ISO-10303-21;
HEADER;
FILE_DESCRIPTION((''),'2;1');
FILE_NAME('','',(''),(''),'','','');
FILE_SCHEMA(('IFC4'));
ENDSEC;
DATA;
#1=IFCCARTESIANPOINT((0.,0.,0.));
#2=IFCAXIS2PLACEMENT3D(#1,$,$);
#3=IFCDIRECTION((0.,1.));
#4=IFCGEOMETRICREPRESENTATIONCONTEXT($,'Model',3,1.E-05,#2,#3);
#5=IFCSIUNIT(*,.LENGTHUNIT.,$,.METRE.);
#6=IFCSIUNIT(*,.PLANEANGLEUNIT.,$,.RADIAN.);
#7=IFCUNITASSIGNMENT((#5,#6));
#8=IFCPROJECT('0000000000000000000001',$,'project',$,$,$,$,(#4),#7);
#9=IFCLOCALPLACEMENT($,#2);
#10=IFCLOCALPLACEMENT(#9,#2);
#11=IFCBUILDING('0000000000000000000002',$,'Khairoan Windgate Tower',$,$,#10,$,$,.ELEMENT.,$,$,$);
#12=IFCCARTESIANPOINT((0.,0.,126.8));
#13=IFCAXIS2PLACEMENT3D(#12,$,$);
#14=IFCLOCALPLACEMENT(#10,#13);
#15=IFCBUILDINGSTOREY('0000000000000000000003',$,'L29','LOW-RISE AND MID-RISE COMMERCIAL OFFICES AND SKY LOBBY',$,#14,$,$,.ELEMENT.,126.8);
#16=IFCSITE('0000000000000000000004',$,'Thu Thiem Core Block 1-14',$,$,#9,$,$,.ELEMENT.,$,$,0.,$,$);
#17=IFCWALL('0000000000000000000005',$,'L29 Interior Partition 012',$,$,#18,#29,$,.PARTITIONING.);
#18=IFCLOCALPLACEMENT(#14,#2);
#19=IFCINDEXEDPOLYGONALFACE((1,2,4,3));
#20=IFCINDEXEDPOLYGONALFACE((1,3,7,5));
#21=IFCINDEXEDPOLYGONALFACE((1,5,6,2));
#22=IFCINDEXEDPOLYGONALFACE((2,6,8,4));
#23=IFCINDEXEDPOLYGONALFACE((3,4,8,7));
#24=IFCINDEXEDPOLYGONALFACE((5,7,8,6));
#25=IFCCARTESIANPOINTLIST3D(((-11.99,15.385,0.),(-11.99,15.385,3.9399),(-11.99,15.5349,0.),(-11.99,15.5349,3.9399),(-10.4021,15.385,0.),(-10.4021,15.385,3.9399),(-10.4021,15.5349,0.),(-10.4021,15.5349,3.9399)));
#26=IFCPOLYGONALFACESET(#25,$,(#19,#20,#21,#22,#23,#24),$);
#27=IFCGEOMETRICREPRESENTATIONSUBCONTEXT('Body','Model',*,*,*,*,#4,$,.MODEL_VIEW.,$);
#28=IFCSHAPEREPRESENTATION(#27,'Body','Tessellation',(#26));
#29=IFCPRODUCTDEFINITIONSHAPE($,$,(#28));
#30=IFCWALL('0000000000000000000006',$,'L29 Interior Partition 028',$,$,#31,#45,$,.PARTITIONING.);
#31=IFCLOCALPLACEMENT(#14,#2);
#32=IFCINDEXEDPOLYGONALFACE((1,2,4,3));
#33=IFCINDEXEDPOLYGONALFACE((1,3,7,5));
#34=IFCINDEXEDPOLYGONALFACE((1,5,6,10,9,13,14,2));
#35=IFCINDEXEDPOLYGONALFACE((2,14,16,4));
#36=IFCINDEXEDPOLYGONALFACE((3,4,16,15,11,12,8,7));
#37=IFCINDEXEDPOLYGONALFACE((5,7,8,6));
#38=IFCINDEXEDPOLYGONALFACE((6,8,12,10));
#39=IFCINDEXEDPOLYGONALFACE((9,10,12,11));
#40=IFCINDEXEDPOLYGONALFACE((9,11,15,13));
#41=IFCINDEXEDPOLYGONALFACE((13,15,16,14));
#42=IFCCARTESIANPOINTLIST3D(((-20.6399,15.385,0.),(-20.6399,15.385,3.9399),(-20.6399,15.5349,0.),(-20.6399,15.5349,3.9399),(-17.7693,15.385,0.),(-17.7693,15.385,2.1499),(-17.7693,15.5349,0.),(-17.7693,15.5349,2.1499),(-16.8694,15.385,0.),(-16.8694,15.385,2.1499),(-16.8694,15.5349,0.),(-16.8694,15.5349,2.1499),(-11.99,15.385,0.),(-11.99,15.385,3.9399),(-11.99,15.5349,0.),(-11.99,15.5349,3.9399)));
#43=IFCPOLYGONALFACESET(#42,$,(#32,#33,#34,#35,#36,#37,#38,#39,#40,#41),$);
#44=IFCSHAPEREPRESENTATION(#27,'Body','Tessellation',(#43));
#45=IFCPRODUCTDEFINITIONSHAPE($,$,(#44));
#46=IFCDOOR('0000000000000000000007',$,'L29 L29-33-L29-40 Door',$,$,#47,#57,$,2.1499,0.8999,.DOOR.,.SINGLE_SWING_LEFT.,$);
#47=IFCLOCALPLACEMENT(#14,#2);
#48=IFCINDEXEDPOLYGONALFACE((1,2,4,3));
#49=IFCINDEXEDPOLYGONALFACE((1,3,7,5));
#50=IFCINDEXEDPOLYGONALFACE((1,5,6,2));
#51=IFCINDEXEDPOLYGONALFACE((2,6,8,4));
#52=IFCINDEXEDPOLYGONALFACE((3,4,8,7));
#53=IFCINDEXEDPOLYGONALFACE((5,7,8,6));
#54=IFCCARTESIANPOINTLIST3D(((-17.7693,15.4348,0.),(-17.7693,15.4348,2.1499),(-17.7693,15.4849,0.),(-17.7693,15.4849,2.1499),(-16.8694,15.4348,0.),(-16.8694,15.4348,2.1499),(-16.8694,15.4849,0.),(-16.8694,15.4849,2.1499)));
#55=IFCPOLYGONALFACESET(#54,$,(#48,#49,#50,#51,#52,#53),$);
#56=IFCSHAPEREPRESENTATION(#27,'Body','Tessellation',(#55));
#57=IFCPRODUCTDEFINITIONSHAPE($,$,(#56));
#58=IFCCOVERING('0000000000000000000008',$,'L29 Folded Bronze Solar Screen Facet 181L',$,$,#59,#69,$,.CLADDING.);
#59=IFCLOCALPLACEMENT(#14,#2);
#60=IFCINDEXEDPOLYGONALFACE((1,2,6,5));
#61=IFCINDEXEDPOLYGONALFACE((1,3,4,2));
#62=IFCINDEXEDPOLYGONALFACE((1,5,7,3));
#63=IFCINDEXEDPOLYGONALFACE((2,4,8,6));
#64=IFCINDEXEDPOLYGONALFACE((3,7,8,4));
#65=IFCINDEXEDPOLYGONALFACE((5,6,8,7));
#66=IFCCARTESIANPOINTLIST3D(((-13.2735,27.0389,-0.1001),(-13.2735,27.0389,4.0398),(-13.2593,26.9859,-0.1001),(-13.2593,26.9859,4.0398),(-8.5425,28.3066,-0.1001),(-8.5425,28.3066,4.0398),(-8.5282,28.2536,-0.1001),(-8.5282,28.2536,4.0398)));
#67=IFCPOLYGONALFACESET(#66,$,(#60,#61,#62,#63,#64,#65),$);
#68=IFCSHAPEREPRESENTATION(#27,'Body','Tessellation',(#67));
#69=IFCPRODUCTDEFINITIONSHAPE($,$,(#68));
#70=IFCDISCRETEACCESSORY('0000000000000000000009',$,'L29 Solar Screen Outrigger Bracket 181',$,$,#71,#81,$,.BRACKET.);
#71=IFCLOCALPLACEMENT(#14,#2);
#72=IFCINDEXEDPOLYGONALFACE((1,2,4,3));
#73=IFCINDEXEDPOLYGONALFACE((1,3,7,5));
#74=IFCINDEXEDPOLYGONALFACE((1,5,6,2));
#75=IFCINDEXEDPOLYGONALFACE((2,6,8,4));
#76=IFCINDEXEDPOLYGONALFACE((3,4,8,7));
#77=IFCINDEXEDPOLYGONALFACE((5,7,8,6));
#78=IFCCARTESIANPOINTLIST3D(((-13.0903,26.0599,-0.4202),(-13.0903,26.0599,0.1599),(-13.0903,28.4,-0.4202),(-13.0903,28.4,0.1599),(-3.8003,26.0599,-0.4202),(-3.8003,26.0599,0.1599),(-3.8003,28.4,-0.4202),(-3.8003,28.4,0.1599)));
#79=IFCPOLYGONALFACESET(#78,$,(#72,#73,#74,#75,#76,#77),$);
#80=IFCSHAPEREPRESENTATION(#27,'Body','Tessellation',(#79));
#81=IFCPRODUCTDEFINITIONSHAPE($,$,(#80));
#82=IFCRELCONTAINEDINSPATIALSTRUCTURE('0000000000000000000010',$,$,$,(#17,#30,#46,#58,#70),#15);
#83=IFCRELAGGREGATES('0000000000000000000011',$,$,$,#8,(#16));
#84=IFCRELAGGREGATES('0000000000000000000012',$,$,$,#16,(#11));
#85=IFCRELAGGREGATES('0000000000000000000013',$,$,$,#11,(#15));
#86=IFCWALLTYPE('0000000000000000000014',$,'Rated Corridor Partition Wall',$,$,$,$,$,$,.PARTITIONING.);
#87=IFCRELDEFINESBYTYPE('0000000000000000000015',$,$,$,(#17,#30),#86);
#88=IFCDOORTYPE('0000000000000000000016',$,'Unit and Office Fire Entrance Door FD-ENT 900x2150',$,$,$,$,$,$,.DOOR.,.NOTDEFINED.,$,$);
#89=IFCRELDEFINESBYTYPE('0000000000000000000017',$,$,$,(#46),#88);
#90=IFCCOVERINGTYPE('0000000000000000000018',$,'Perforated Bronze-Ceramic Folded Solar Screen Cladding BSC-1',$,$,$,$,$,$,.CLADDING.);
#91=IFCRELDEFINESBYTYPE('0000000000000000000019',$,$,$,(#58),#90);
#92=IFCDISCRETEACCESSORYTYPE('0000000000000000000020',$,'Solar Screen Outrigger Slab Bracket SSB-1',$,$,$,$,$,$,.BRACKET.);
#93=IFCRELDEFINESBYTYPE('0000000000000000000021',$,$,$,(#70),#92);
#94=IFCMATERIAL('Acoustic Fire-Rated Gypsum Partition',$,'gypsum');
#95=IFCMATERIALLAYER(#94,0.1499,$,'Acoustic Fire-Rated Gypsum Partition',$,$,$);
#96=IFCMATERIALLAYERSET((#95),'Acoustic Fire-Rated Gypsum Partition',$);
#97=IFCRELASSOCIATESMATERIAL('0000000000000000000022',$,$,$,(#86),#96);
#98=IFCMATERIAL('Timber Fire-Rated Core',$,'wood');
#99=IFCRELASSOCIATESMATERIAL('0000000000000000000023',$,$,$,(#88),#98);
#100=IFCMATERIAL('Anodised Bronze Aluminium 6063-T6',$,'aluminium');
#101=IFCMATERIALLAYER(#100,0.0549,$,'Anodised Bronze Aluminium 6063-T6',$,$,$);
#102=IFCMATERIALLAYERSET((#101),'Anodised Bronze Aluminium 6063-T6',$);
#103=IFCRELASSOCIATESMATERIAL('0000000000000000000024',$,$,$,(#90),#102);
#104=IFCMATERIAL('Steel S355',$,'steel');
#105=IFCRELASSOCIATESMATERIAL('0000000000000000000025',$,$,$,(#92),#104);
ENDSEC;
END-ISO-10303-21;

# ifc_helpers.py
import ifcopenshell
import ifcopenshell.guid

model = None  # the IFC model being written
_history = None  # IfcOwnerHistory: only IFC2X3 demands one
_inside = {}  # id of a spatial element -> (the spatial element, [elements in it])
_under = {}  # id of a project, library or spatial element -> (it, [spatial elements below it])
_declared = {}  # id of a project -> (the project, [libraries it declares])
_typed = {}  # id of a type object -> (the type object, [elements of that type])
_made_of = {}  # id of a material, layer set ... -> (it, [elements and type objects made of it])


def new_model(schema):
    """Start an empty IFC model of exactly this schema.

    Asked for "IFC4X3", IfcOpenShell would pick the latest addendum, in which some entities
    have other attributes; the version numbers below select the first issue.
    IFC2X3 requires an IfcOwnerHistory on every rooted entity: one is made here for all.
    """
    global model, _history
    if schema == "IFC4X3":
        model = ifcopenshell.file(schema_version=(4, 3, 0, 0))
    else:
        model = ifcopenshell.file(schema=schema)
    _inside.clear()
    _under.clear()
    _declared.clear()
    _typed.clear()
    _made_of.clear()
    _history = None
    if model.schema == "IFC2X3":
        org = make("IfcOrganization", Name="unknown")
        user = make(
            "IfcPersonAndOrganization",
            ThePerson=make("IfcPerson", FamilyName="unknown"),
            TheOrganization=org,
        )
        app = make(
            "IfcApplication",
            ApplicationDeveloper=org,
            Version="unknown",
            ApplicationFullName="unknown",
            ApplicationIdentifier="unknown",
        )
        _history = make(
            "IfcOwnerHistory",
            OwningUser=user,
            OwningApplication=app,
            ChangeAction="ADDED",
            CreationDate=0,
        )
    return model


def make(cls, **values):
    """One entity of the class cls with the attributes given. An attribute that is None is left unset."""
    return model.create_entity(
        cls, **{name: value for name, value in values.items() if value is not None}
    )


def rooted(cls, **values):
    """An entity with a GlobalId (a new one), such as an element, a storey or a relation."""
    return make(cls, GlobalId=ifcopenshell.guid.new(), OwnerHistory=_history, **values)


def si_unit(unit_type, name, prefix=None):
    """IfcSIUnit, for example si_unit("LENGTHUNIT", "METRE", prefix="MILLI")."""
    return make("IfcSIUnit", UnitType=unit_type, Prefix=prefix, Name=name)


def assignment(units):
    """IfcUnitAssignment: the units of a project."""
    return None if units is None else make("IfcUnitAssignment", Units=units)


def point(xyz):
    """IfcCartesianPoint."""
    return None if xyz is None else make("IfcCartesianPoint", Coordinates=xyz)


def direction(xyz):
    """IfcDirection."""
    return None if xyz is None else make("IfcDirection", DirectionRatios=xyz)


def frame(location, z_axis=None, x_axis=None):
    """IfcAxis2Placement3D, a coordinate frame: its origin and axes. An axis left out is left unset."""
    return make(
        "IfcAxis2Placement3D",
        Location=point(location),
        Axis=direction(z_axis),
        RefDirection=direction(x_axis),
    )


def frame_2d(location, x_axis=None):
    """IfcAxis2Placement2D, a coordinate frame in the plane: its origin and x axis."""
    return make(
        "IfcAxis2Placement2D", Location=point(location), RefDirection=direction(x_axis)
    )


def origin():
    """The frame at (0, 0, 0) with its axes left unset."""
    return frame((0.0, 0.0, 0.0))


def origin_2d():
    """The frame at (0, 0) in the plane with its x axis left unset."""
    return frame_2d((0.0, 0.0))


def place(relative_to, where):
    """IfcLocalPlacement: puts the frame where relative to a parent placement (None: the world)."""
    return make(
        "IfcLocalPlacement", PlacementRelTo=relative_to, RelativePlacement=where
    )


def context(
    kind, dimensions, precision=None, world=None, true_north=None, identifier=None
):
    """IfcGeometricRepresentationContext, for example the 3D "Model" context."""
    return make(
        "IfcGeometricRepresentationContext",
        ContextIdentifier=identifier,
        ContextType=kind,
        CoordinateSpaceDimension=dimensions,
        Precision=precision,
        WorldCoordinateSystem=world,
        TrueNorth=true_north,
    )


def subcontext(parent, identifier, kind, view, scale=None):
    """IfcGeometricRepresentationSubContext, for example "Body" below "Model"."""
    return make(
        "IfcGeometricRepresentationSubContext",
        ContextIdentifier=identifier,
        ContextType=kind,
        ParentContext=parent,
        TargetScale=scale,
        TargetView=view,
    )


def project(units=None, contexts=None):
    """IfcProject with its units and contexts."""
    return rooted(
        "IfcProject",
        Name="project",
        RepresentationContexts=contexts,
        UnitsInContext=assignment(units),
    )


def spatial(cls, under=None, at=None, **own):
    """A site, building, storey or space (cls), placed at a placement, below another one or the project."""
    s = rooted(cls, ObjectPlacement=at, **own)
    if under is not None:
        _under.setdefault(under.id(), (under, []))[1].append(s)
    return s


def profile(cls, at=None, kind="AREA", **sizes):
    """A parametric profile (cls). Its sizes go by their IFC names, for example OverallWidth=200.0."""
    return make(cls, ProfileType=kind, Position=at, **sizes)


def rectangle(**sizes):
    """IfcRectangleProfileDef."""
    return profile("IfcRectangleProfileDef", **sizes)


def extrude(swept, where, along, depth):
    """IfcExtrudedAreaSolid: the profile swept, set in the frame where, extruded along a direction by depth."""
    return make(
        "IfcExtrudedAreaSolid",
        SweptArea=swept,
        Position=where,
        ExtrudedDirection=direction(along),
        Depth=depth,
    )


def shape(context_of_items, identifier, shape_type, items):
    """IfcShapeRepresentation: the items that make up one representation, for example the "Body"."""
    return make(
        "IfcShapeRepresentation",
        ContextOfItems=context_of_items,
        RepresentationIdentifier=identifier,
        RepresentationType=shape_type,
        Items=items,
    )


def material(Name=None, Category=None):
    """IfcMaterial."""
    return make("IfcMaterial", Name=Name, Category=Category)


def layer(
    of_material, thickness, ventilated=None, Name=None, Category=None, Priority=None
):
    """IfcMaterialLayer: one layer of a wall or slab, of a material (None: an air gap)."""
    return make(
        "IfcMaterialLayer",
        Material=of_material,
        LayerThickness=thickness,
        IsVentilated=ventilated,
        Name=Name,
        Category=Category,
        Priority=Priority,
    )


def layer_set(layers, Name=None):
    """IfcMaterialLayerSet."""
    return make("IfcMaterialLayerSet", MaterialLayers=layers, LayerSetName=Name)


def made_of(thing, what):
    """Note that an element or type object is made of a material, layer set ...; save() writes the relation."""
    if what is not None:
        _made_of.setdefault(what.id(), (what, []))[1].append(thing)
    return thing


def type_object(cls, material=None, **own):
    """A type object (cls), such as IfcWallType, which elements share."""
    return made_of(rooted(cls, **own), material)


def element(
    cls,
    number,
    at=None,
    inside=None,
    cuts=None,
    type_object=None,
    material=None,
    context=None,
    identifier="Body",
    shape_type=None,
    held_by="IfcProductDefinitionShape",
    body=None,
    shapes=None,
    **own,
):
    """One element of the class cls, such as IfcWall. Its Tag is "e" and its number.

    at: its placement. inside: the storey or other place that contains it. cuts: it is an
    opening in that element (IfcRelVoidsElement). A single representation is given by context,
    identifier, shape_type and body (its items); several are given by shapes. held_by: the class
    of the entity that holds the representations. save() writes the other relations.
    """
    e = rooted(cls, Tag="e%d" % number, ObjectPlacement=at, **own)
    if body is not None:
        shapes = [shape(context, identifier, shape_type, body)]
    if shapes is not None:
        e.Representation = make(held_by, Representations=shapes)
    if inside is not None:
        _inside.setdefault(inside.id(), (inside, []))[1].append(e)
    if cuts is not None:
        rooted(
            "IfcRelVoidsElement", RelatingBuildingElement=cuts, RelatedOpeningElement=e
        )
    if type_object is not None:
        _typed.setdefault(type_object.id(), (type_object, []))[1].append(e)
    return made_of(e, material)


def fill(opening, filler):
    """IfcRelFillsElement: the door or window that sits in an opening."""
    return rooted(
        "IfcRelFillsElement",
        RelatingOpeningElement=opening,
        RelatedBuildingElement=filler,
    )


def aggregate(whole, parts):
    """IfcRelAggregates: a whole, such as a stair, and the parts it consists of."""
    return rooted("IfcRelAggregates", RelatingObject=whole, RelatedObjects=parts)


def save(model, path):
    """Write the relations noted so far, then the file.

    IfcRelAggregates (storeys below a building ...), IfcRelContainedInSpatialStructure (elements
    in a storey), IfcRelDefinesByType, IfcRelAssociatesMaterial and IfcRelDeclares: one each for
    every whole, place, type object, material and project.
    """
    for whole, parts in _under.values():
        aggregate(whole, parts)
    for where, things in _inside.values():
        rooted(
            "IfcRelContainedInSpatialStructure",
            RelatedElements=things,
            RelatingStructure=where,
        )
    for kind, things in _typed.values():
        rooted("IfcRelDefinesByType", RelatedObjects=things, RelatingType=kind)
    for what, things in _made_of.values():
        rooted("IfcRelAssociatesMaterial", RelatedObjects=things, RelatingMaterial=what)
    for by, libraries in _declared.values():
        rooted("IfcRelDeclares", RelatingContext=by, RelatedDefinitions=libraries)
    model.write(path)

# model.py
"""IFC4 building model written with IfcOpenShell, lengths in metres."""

from ifc_helpers import new_model, si_unit, direction, frame, frame_2d, origin, origin_2d, place, context, subcontext, project, spatial, rectangle, extrude, material, layer, layer_set, type_object, element, fill, save


model = new_model("IFC4")

# Units and contexts
model_context = context("Model", 3, precision=1e-05, world=origin(), true_north=direction((0.0, 1.0)))
body_context = subcontext(model_context, "Body", "Model", "MODEL_VIEW")
ifc_project = project(units=[si_unit("LENGTHUNIT", "METRE"), si_unit("PLANEANGLEUNIT", "RADIAN")], contexts=[model_context])

# Site, building, storey
site_placement = place(None, origin())
site = spatial("IfcSite", under=ifc_project, at=site_placement, Name="Thu Thiem Core Block 1-14", CompositionType="ELEMENT", RefElevation=0.0)
building_placement = place(site_placement, origin())
building = spatial("IfcBuilding", under=site, at=building_placement, Name="Khairoan Windgate Tower", CompositionType="ELEMENT")
storey_placement = place(building_placement, frame((0.0, 0.0, 126.8)))
storey = spatial("IfcBuildingStorey", under=building, at=storey_placement, Name="L29", Description="LOW-RISE AND MID-RISE COMMERCIAL OFFICES AND SKY LOBBY", CompositionType="ELEMENT", Elevation=126.8)

# Wall
ifc_material_1 = material(Name="Acoustic Fire-Rated Gypsum Partition", Category="gypsum")
ifc_layer_1 = layer(ifc_material_1, 0.1499, Name="Acoustic Fire-Rated Gypsum Partition")
ifc_layer_set_1 = layer_set([ifc_layer_1], Name="Acoustic Fire-Rated Gypsum Partition")
wall_type_1 = type_object("IfcWallType", Name="Rated Corridor Partition Wall", PredefinedType="PARTITIONING", material=ifc_layer_set_1)
wall_1_placement = place(storey_placement, frame((-11.99, 15.46, 0.0), z_axis=(0.0, 0.0, 1.0), x_axis=(1.0, 0.0, 0.0)))
element("IfcWall", 1, at=wall_1_placement, inside=storey, type_object=wall_type_1, Name="L29 Interior Partition 012", PredefinedType="PARTITIONING", context=body_context, shape_type="SweptSolid", body=[
    extrude(rectangle(XDim=1.5879, YDim=0.1499, at=frame_2d((0.7939, 0.0))), origin(), (0.0, 0.0, 1.0), 3.9399),
])

# Wall, opening, door
wall_2_placement = place(storey_placement, frame((-20.6399, 15.46, 0.0), z_axis=(0.0, 0.0, 1.0), x_axis=(1.0, 0.0, 0.0)))
wall_2 = element("IfcWall", 2, at=wall_2_placement, inside=storey, type_object=wall_type_1, Name="L29 Interior Partition 028", PredefinedType="PARTITIONING", context=body_context, shape_type="SweptSolid", body=[
    extrude(rectangle(XDim=8.6499, YDim=0.1499, at=frame_2d((4.325, 0.0))), origin(), (0.0, 0.0, 1.0), 3.9399),
])
opening_1_placement = place(wall_2_placement, frame((2.8706, 0.0, 0.0)))
opening_1 = element("IfcOpeningElement", 3, at=opening_1_placement, cuts=wall_2, PredefinedType="OPENING", context=body_context, shape_type="SweptSolid", body=[
    extrude(rectangle(XDim=0.8999, YDim=2.1499, at=frame_2d((0.45, 1.075))), frame((0.0, 0.085, 0.0), z_axis=(0.0, -1.0, 0.0), x_axis=(1.0, 0.0, 0.0)), (0.0, 0.0, 1.0), 0.1699),
])
ifc_material_2 = material(Name="Timber Fire-Rated Core", Category="wood")
door_type_1 = type_object("IfcDoorType", Name="Unit and Office Fire Entrance Door FD-ENT 900x2150", OperationType="NOTDEFINED", PredefinedType="DOOR", material=ifc_material_2)
door_1_placement = place(opening_1_placement, origin())
door_1 = element("IfcDoor", 4, at=door_1_placement, inside=storey, type_object=door_type_1, Name="L29 L29-33-L29-40 Door", OperationType="SINGLE_SWING_LEFT", OverallHeight=2.1499, OverallWidth=0.8999, PredefinedType="DOOR", context=body_context, shape_type="SweptSolid", body=[
    extrude(rectangle(XDim=0.8999, YDim=2.1499, at=frame_2d((0.45, 1.075))), frame((0.0, 0.0249, 0.0), z_axis=(0.0, -1.0, 0.0), x_axis=(1.0, 0.0, 0.0)), (0.0, 0.0, 1.0), 0.05),
])
fill(opening_1, door_1)

# Covering
ifc_material_3 = material(Name="Anodised Bronze Aluminium 6063-T6", Category="aluminium")
ifc_layer_2 = layer(ifc_material_3, 0.0549, Name="Anodised Bronze Aluminium 6063-T6")
ifc_layer_set_2 = layer_set([ifc_layer_2], Name="Anodised Bronze Aluminium 6063-T6")
covering_type = type_object("IfcCoveringType", Name="Perforated Bronze-Ceramic Folded Solar Screen Cladding BSC-1", PredefinedType="CLADDING", material=ifc_layer_set_2)
covering_placement = place(storey_placement, frame((-10.9009, 27.6462, -0.1001), z_axis=(0.0, 0.0, 1.0), x_axis=(0.965926, 0.258819, 0.0)))
element("IfcCovering", 5, at=covering_placement, inside=storey, type_object=covering_type, Name="L29 Folded Bronze Solar Screen Facet 181L", PredefinedType="CLADDING", context=body_context, shape_type="SweptSolid", body=[
    extrude(rectangle(XDim=4.8979, YDim=0.0549, at=origin_2d()), origin(), (0.0, 0.0, 1.0), 4.1399),
])

# Discrete accessory
ifc_material_4 = material(Name="Steel S355", Category="steel")
discrete_accessory_type = type_object("IfcDiscreteAccessoryType", Name="Solar Screen Outrigger Slab Bracket SSB-1", PredefinedType="BRACKET", material=ifc_material_4)
discrete_accessory_placement = place(storey_placement, frame((-8.4453, 27.23, -0.4202), z_axis=(0.0, 0.0, 1.0), x_axis=(1.0, 0.0, 0.0)))
element("IfcDiscreteAccessory", 6, at=discrete_accessory_placement, inside=storey, type_object=discrete_accessory_type, Name="L29 Solar Screen Outrigger Bracket 181", PredefinedType="BRACKET", context=body_context, shape_type="SweptSolid", body=[
    extrude(rectangle(XDim=9.29, YDim=2.3401, at=origin_2d()), origin(), (0.0, 0.0, 1.0), 0.5801),
])

save(model, "model.ifc")
